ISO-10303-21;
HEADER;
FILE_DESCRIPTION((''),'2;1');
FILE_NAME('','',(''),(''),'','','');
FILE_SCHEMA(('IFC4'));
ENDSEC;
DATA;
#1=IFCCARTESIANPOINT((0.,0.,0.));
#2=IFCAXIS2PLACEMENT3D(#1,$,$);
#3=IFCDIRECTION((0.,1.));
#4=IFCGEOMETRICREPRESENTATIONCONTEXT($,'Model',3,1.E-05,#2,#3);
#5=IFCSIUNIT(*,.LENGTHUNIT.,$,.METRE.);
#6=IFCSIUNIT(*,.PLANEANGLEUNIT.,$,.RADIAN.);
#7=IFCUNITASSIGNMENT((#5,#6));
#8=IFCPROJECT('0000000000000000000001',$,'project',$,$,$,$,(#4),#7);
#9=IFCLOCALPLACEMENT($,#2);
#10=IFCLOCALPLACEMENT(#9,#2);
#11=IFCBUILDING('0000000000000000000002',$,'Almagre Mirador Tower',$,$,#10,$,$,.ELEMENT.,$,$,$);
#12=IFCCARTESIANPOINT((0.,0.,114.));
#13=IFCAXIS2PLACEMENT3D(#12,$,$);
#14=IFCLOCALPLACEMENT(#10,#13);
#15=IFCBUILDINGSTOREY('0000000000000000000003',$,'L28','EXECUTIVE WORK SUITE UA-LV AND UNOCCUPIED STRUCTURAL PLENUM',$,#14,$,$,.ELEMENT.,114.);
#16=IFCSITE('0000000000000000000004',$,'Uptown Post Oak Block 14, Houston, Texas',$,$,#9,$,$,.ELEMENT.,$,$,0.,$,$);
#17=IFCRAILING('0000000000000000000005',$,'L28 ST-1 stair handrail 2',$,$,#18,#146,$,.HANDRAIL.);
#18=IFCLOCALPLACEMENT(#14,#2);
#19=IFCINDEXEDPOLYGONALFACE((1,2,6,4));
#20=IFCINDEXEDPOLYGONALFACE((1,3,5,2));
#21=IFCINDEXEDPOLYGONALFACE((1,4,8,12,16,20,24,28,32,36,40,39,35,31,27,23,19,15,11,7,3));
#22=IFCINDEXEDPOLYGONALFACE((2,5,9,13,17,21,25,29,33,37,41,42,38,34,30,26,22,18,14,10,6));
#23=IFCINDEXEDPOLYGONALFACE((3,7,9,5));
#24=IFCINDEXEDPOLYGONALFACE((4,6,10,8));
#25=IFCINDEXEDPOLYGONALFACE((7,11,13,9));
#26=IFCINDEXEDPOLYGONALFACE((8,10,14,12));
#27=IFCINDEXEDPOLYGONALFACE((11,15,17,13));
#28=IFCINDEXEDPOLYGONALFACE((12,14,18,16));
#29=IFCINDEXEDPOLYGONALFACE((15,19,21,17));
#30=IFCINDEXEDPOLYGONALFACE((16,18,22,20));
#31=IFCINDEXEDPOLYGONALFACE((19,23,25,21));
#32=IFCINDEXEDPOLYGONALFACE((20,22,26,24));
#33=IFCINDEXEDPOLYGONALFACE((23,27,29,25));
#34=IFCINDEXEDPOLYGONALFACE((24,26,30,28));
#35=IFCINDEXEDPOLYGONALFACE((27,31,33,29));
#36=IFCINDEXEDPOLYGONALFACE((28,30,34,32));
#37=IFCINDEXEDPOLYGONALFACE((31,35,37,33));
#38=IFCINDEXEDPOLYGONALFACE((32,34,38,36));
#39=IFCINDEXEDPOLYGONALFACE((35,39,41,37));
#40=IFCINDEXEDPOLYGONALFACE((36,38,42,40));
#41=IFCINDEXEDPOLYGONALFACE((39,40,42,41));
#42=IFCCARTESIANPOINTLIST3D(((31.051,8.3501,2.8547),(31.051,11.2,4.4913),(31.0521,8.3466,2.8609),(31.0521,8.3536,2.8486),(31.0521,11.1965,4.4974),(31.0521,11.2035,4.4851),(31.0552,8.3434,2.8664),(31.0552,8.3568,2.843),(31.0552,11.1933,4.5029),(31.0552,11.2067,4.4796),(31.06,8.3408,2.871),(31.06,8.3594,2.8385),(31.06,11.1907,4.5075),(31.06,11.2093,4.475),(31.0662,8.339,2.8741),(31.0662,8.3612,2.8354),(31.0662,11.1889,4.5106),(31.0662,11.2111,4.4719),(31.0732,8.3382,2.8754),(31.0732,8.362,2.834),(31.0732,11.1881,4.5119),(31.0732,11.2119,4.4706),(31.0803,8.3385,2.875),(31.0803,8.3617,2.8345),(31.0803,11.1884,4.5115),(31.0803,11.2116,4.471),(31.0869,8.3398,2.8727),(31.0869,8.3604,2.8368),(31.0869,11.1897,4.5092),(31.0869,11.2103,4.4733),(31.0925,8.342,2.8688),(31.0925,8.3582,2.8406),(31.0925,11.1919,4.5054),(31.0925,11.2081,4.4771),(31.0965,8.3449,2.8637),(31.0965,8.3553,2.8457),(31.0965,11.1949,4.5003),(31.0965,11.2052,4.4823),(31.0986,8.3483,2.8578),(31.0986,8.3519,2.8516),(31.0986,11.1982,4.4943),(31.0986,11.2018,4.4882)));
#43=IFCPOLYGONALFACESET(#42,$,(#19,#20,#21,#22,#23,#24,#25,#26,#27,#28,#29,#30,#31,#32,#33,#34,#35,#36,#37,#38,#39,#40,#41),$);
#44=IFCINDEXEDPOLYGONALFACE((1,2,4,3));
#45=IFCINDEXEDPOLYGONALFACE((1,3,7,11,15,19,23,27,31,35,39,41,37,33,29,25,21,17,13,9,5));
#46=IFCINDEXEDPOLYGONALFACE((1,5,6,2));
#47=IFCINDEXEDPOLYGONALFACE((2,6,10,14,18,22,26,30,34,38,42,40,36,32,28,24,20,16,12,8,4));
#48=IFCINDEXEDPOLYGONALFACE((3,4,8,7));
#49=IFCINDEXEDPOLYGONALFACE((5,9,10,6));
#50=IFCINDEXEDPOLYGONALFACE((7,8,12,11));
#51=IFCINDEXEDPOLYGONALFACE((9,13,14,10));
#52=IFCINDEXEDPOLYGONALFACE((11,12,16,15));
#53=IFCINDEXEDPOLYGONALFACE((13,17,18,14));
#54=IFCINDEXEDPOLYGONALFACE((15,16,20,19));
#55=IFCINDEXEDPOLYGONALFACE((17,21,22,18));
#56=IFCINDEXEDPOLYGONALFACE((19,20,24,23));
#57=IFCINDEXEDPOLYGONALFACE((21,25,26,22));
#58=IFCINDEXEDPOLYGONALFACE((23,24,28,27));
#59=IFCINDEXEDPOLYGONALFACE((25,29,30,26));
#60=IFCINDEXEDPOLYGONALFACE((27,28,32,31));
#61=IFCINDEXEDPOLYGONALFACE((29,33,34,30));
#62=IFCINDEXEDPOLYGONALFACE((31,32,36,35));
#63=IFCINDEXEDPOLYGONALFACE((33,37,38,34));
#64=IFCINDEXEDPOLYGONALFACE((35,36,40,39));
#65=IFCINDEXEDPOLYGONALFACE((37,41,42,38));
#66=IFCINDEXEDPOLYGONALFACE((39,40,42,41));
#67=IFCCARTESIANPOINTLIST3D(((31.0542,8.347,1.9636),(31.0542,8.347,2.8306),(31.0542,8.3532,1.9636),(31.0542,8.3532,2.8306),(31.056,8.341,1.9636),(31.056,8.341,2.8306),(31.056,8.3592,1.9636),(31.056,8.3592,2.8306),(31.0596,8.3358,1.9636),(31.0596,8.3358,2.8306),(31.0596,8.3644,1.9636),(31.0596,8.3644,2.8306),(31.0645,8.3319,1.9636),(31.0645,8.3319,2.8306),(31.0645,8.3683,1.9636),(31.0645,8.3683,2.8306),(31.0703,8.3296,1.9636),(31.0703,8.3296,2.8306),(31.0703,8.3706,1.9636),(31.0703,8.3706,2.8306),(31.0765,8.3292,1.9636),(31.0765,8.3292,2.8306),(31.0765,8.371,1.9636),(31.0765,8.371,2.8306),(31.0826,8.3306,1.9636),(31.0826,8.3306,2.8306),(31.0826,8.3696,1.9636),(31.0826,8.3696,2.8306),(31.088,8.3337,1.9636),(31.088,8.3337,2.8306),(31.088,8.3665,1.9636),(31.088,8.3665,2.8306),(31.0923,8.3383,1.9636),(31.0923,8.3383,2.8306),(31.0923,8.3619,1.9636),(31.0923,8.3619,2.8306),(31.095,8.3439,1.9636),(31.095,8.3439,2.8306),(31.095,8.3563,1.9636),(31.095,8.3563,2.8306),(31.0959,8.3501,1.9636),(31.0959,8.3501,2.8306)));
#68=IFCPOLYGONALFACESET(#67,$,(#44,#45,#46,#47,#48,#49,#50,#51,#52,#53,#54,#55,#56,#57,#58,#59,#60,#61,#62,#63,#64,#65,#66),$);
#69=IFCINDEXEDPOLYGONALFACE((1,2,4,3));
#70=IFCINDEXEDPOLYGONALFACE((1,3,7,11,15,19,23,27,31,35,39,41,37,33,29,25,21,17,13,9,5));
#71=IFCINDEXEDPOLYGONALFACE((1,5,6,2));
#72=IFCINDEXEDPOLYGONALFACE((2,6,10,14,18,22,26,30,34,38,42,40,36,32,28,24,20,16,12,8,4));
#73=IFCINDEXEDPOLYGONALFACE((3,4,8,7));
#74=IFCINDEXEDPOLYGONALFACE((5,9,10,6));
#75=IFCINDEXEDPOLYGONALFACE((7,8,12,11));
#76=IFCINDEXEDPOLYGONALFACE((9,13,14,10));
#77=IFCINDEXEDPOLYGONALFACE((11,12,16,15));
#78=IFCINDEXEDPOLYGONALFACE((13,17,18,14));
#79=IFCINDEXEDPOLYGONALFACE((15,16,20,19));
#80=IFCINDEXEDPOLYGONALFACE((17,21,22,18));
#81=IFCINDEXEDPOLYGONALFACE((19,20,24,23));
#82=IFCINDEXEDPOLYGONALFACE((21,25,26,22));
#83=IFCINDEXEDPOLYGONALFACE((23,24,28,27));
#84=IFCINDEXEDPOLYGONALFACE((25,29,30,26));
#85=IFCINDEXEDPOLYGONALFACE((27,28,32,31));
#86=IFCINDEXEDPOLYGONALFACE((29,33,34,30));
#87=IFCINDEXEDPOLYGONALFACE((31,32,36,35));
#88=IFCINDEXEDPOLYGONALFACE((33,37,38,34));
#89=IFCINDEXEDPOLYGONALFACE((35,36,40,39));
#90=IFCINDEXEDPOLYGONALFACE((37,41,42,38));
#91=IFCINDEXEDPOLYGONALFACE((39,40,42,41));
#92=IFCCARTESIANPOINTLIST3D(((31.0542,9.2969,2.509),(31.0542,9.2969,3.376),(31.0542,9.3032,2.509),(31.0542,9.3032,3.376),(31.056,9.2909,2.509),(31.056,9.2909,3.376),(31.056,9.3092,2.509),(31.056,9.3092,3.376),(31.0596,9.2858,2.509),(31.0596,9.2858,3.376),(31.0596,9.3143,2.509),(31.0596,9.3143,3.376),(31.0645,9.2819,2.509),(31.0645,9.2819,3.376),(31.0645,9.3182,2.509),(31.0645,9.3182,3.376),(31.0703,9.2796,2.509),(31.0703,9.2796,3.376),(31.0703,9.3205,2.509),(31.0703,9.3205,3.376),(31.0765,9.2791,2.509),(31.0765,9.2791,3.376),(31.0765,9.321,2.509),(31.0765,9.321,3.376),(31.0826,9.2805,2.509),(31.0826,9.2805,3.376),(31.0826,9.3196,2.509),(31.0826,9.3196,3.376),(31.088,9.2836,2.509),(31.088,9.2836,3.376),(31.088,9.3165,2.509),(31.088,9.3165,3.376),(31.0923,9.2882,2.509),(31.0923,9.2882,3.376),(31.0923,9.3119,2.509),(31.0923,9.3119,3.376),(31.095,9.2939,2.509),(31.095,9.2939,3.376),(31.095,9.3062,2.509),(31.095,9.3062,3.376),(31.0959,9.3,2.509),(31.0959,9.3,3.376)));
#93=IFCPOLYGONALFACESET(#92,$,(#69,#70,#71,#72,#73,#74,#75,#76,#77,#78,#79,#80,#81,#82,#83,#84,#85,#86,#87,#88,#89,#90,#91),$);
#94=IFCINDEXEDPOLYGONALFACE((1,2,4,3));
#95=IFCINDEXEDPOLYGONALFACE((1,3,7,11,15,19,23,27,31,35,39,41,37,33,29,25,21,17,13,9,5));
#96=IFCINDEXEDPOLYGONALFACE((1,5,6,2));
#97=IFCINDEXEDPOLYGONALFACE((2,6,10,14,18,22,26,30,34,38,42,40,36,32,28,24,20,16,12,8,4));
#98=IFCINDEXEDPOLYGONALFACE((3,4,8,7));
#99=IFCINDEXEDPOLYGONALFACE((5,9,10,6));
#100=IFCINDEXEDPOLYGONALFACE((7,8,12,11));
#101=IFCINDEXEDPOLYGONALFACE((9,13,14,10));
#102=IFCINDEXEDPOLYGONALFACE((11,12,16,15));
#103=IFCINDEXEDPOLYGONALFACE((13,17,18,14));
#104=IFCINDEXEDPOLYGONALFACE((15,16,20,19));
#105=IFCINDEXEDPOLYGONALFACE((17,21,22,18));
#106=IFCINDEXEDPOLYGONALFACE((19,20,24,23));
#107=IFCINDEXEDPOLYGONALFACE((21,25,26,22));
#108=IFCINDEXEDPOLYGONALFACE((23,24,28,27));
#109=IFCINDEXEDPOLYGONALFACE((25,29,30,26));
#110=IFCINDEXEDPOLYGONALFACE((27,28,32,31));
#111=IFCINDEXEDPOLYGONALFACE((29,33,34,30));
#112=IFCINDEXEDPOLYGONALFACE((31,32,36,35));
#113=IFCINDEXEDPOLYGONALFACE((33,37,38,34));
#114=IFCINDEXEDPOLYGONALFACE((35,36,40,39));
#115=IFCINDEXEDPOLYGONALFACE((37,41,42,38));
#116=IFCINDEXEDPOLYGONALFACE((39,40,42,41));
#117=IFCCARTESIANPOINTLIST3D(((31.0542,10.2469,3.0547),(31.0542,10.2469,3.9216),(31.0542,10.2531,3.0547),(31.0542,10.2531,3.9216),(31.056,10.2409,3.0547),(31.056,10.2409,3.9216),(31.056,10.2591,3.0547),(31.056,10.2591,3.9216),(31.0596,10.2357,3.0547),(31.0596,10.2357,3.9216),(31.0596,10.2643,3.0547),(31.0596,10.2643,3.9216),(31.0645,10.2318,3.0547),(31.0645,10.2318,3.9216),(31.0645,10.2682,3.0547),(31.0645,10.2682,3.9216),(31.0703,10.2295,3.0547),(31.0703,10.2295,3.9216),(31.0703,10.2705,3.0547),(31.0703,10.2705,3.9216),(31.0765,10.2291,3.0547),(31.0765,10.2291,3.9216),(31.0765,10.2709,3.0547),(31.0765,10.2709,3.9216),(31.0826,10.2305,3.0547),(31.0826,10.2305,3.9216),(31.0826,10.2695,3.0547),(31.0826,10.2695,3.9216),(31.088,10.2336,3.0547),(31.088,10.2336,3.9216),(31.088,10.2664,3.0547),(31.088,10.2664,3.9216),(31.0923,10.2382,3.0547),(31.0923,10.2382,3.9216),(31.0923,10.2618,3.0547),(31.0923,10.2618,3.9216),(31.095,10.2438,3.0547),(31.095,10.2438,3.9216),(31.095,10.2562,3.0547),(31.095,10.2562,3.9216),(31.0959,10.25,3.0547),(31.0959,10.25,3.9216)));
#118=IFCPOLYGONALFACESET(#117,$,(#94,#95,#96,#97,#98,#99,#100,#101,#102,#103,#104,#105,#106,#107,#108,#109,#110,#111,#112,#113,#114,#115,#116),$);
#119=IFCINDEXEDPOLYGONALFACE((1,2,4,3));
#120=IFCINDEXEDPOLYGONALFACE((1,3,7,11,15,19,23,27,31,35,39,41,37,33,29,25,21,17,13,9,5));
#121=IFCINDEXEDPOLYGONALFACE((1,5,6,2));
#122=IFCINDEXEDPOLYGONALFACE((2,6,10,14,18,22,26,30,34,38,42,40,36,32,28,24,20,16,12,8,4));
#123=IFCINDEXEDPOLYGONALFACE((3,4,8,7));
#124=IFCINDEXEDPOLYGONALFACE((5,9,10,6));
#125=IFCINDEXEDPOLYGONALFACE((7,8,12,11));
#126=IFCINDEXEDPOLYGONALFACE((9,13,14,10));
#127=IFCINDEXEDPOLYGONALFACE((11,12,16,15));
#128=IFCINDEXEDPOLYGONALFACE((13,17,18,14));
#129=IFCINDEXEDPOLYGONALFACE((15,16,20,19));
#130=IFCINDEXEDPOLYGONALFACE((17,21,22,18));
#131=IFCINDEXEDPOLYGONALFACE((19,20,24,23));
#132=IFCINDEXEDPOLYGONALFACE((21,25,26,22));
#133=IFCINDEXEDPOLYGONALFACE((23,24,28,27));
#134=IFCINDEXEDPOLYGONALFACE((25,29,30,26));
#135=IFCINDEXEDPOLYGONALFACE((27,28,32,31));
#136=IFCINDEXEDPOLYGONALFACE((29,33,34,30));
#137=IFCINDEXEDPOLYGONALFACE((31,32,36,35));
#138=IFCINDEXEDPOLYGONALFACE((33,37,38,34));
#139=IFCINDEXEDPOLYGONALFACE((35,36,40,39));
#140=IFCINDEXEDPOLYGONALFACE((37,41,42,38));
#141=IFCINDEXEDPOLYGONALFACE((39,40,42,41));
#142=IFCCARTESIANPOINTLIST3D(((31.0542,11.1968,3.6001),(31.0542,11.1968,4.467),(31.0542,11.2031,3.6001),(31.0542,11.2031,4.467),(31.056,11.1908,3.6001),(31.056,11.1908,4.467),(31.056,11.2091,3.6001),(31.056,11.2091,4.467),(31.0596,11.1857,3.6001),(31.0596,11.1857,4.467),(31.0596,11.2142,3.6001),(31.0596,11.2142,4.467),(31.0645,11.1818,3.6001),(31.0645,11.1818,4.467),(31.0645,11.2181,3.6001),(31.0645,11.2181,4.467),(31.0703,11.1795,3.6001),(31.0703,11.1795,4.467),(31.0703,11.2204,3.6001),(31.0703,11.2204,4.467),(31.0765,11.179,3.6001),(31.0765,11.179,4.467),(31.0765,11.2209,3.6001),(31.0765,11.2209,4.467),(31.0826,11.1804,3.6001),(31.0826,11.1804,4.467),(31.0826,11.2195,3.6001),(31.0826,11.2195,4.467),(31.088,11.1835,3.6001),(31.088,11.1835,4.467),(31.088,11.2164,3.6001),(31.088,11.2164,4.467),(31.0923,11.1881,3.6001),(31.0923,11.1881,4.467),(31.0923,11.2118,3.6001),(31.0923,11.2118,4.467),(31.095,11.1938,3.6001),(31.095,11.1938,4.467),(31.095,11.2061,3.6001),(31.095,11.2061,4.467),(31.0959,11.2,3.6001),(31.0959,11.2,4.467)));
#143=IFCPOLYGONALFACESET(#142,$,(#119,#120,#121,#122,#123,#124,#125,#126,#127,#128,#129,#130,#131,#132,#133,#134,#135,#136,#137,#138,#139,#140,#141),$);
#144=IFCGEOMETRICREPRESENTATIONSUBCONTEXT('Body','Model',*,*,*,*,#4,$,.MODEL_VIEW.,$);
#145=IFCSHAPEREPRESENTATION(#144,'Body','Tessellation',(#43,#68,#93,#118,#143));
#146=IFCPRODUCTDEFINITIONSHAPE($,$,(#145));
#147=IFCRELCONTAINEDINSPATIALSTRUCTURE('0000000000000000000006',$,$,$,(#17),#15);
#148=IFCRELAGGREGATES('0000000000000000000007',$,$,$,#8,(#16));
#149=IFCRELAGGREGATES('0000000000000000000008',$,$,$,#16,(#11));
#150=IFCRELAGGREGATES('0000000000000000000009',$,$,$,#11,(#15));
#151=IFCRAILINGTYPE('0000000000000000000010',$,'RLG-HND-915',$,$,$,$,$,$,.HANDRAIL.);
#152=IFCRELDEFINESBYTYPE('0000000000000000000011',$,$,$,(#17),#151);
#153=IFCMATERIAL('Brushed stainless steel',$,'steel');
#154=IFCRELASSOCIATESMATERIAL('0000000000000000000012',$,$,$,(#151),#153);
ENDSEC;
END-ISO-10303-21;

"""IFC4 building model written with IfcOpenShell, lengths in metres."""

from ifc_helpers import new_model, si_unit, direction, frame, origin, origin_2d, place, context, subcontext, project, spatial, circle, extrude, material, type_object, element, save


model = new_model("IFC4")

# Units and contexts
model_context = context("Model", 3, precision=1e-05, world=origin(), true_north=direction((0.0, 1.0)))
body_context = subcontext(model_context, "Body", "Model", "MODEL_VIEW")
ifc_project = project(units=[si_unit("LENGTHUNIT", "METRE"), si_unit("PLANEANGLEUNIT", "RADIAN")], contexts=[model_context])

# Site, building, storey
site_placement = place(None, origin())
site = spatial("IfcSite", under=ifc_project, at=site_placement, Name="Uptown Post Oak Block 14, Houston, Texas", CompositionType="ELEMENT", RefElevation=0.0)
building_placement = place(site_placement, origin())
building = spatial("IfcBuilding", under=site, at=building_placement, Name="Almagre Mirador Tower", CompositionType="ELEMENT")
storey_placement = place(building_placement, frame((0.0, 0.0, 114.0)))
storey = spatial("IfcBuildingStorey", under=building, at=storey_placement, Name="L28", Description="EXECUTIVE WORK SUITE UA-LV AND UNOCCUPIED STRUCTURAL PLENUM", CompositionType="ELEMENT", Elevation=114.0)

# Railing
ifc_material_1 = material(Name="Brushed stainless steel", Category="steel")
railing_type_1 = type_object("IfcRailingType", Name="RLG-HND-915", PredefinedType="HANDRAIL", material=ifc_material_1)
railing_1_placement = place(storey_placement, frame((31.075, 8.3501, 1.9636)))
element("IfcRailing", 1, at=railing_1_placement, inside=storey, type_object=railing_type_1, Name="L28 ST-1 stair handrail 2", PredefinedType="HANDRAIL", context=body_context, shape_type="SweptSolid", body=[
    extrude(circle(Radius=0.0239, at=origin_2d()), frame((0.0, 0.0, 0.8911), z_axis=(0.0, 0.867194, 0.49797), x_axis=(-1.0, 0.0, 0.0)), (0.0, 0.0, 1.0), 3.2864),
    extrude(circle(Radius=0.021, at=origin_2d()), origin(), (0.0, 0.0, 1.0), 0.8669),
    extrude(circle(Radius=0.021, at=origin_2d()), frame((0.0, 0.95, 0.5454)), (0.0, 0.0, 1.0), 0.8669),
    extrude(circle(Radius=0.021, at=origin_2d()), frame((0.0, 1.8999, 1.0911)), (0.0, 0.0, 1.0), 0.8669),
    extrude(circle(Radius=0.021, at=origin_2d()), frame((0.0, 2.8499, 1.6365)), (0.0, 0.0, 1.0), 0.8669),
])

save(model, "model.ifc")
